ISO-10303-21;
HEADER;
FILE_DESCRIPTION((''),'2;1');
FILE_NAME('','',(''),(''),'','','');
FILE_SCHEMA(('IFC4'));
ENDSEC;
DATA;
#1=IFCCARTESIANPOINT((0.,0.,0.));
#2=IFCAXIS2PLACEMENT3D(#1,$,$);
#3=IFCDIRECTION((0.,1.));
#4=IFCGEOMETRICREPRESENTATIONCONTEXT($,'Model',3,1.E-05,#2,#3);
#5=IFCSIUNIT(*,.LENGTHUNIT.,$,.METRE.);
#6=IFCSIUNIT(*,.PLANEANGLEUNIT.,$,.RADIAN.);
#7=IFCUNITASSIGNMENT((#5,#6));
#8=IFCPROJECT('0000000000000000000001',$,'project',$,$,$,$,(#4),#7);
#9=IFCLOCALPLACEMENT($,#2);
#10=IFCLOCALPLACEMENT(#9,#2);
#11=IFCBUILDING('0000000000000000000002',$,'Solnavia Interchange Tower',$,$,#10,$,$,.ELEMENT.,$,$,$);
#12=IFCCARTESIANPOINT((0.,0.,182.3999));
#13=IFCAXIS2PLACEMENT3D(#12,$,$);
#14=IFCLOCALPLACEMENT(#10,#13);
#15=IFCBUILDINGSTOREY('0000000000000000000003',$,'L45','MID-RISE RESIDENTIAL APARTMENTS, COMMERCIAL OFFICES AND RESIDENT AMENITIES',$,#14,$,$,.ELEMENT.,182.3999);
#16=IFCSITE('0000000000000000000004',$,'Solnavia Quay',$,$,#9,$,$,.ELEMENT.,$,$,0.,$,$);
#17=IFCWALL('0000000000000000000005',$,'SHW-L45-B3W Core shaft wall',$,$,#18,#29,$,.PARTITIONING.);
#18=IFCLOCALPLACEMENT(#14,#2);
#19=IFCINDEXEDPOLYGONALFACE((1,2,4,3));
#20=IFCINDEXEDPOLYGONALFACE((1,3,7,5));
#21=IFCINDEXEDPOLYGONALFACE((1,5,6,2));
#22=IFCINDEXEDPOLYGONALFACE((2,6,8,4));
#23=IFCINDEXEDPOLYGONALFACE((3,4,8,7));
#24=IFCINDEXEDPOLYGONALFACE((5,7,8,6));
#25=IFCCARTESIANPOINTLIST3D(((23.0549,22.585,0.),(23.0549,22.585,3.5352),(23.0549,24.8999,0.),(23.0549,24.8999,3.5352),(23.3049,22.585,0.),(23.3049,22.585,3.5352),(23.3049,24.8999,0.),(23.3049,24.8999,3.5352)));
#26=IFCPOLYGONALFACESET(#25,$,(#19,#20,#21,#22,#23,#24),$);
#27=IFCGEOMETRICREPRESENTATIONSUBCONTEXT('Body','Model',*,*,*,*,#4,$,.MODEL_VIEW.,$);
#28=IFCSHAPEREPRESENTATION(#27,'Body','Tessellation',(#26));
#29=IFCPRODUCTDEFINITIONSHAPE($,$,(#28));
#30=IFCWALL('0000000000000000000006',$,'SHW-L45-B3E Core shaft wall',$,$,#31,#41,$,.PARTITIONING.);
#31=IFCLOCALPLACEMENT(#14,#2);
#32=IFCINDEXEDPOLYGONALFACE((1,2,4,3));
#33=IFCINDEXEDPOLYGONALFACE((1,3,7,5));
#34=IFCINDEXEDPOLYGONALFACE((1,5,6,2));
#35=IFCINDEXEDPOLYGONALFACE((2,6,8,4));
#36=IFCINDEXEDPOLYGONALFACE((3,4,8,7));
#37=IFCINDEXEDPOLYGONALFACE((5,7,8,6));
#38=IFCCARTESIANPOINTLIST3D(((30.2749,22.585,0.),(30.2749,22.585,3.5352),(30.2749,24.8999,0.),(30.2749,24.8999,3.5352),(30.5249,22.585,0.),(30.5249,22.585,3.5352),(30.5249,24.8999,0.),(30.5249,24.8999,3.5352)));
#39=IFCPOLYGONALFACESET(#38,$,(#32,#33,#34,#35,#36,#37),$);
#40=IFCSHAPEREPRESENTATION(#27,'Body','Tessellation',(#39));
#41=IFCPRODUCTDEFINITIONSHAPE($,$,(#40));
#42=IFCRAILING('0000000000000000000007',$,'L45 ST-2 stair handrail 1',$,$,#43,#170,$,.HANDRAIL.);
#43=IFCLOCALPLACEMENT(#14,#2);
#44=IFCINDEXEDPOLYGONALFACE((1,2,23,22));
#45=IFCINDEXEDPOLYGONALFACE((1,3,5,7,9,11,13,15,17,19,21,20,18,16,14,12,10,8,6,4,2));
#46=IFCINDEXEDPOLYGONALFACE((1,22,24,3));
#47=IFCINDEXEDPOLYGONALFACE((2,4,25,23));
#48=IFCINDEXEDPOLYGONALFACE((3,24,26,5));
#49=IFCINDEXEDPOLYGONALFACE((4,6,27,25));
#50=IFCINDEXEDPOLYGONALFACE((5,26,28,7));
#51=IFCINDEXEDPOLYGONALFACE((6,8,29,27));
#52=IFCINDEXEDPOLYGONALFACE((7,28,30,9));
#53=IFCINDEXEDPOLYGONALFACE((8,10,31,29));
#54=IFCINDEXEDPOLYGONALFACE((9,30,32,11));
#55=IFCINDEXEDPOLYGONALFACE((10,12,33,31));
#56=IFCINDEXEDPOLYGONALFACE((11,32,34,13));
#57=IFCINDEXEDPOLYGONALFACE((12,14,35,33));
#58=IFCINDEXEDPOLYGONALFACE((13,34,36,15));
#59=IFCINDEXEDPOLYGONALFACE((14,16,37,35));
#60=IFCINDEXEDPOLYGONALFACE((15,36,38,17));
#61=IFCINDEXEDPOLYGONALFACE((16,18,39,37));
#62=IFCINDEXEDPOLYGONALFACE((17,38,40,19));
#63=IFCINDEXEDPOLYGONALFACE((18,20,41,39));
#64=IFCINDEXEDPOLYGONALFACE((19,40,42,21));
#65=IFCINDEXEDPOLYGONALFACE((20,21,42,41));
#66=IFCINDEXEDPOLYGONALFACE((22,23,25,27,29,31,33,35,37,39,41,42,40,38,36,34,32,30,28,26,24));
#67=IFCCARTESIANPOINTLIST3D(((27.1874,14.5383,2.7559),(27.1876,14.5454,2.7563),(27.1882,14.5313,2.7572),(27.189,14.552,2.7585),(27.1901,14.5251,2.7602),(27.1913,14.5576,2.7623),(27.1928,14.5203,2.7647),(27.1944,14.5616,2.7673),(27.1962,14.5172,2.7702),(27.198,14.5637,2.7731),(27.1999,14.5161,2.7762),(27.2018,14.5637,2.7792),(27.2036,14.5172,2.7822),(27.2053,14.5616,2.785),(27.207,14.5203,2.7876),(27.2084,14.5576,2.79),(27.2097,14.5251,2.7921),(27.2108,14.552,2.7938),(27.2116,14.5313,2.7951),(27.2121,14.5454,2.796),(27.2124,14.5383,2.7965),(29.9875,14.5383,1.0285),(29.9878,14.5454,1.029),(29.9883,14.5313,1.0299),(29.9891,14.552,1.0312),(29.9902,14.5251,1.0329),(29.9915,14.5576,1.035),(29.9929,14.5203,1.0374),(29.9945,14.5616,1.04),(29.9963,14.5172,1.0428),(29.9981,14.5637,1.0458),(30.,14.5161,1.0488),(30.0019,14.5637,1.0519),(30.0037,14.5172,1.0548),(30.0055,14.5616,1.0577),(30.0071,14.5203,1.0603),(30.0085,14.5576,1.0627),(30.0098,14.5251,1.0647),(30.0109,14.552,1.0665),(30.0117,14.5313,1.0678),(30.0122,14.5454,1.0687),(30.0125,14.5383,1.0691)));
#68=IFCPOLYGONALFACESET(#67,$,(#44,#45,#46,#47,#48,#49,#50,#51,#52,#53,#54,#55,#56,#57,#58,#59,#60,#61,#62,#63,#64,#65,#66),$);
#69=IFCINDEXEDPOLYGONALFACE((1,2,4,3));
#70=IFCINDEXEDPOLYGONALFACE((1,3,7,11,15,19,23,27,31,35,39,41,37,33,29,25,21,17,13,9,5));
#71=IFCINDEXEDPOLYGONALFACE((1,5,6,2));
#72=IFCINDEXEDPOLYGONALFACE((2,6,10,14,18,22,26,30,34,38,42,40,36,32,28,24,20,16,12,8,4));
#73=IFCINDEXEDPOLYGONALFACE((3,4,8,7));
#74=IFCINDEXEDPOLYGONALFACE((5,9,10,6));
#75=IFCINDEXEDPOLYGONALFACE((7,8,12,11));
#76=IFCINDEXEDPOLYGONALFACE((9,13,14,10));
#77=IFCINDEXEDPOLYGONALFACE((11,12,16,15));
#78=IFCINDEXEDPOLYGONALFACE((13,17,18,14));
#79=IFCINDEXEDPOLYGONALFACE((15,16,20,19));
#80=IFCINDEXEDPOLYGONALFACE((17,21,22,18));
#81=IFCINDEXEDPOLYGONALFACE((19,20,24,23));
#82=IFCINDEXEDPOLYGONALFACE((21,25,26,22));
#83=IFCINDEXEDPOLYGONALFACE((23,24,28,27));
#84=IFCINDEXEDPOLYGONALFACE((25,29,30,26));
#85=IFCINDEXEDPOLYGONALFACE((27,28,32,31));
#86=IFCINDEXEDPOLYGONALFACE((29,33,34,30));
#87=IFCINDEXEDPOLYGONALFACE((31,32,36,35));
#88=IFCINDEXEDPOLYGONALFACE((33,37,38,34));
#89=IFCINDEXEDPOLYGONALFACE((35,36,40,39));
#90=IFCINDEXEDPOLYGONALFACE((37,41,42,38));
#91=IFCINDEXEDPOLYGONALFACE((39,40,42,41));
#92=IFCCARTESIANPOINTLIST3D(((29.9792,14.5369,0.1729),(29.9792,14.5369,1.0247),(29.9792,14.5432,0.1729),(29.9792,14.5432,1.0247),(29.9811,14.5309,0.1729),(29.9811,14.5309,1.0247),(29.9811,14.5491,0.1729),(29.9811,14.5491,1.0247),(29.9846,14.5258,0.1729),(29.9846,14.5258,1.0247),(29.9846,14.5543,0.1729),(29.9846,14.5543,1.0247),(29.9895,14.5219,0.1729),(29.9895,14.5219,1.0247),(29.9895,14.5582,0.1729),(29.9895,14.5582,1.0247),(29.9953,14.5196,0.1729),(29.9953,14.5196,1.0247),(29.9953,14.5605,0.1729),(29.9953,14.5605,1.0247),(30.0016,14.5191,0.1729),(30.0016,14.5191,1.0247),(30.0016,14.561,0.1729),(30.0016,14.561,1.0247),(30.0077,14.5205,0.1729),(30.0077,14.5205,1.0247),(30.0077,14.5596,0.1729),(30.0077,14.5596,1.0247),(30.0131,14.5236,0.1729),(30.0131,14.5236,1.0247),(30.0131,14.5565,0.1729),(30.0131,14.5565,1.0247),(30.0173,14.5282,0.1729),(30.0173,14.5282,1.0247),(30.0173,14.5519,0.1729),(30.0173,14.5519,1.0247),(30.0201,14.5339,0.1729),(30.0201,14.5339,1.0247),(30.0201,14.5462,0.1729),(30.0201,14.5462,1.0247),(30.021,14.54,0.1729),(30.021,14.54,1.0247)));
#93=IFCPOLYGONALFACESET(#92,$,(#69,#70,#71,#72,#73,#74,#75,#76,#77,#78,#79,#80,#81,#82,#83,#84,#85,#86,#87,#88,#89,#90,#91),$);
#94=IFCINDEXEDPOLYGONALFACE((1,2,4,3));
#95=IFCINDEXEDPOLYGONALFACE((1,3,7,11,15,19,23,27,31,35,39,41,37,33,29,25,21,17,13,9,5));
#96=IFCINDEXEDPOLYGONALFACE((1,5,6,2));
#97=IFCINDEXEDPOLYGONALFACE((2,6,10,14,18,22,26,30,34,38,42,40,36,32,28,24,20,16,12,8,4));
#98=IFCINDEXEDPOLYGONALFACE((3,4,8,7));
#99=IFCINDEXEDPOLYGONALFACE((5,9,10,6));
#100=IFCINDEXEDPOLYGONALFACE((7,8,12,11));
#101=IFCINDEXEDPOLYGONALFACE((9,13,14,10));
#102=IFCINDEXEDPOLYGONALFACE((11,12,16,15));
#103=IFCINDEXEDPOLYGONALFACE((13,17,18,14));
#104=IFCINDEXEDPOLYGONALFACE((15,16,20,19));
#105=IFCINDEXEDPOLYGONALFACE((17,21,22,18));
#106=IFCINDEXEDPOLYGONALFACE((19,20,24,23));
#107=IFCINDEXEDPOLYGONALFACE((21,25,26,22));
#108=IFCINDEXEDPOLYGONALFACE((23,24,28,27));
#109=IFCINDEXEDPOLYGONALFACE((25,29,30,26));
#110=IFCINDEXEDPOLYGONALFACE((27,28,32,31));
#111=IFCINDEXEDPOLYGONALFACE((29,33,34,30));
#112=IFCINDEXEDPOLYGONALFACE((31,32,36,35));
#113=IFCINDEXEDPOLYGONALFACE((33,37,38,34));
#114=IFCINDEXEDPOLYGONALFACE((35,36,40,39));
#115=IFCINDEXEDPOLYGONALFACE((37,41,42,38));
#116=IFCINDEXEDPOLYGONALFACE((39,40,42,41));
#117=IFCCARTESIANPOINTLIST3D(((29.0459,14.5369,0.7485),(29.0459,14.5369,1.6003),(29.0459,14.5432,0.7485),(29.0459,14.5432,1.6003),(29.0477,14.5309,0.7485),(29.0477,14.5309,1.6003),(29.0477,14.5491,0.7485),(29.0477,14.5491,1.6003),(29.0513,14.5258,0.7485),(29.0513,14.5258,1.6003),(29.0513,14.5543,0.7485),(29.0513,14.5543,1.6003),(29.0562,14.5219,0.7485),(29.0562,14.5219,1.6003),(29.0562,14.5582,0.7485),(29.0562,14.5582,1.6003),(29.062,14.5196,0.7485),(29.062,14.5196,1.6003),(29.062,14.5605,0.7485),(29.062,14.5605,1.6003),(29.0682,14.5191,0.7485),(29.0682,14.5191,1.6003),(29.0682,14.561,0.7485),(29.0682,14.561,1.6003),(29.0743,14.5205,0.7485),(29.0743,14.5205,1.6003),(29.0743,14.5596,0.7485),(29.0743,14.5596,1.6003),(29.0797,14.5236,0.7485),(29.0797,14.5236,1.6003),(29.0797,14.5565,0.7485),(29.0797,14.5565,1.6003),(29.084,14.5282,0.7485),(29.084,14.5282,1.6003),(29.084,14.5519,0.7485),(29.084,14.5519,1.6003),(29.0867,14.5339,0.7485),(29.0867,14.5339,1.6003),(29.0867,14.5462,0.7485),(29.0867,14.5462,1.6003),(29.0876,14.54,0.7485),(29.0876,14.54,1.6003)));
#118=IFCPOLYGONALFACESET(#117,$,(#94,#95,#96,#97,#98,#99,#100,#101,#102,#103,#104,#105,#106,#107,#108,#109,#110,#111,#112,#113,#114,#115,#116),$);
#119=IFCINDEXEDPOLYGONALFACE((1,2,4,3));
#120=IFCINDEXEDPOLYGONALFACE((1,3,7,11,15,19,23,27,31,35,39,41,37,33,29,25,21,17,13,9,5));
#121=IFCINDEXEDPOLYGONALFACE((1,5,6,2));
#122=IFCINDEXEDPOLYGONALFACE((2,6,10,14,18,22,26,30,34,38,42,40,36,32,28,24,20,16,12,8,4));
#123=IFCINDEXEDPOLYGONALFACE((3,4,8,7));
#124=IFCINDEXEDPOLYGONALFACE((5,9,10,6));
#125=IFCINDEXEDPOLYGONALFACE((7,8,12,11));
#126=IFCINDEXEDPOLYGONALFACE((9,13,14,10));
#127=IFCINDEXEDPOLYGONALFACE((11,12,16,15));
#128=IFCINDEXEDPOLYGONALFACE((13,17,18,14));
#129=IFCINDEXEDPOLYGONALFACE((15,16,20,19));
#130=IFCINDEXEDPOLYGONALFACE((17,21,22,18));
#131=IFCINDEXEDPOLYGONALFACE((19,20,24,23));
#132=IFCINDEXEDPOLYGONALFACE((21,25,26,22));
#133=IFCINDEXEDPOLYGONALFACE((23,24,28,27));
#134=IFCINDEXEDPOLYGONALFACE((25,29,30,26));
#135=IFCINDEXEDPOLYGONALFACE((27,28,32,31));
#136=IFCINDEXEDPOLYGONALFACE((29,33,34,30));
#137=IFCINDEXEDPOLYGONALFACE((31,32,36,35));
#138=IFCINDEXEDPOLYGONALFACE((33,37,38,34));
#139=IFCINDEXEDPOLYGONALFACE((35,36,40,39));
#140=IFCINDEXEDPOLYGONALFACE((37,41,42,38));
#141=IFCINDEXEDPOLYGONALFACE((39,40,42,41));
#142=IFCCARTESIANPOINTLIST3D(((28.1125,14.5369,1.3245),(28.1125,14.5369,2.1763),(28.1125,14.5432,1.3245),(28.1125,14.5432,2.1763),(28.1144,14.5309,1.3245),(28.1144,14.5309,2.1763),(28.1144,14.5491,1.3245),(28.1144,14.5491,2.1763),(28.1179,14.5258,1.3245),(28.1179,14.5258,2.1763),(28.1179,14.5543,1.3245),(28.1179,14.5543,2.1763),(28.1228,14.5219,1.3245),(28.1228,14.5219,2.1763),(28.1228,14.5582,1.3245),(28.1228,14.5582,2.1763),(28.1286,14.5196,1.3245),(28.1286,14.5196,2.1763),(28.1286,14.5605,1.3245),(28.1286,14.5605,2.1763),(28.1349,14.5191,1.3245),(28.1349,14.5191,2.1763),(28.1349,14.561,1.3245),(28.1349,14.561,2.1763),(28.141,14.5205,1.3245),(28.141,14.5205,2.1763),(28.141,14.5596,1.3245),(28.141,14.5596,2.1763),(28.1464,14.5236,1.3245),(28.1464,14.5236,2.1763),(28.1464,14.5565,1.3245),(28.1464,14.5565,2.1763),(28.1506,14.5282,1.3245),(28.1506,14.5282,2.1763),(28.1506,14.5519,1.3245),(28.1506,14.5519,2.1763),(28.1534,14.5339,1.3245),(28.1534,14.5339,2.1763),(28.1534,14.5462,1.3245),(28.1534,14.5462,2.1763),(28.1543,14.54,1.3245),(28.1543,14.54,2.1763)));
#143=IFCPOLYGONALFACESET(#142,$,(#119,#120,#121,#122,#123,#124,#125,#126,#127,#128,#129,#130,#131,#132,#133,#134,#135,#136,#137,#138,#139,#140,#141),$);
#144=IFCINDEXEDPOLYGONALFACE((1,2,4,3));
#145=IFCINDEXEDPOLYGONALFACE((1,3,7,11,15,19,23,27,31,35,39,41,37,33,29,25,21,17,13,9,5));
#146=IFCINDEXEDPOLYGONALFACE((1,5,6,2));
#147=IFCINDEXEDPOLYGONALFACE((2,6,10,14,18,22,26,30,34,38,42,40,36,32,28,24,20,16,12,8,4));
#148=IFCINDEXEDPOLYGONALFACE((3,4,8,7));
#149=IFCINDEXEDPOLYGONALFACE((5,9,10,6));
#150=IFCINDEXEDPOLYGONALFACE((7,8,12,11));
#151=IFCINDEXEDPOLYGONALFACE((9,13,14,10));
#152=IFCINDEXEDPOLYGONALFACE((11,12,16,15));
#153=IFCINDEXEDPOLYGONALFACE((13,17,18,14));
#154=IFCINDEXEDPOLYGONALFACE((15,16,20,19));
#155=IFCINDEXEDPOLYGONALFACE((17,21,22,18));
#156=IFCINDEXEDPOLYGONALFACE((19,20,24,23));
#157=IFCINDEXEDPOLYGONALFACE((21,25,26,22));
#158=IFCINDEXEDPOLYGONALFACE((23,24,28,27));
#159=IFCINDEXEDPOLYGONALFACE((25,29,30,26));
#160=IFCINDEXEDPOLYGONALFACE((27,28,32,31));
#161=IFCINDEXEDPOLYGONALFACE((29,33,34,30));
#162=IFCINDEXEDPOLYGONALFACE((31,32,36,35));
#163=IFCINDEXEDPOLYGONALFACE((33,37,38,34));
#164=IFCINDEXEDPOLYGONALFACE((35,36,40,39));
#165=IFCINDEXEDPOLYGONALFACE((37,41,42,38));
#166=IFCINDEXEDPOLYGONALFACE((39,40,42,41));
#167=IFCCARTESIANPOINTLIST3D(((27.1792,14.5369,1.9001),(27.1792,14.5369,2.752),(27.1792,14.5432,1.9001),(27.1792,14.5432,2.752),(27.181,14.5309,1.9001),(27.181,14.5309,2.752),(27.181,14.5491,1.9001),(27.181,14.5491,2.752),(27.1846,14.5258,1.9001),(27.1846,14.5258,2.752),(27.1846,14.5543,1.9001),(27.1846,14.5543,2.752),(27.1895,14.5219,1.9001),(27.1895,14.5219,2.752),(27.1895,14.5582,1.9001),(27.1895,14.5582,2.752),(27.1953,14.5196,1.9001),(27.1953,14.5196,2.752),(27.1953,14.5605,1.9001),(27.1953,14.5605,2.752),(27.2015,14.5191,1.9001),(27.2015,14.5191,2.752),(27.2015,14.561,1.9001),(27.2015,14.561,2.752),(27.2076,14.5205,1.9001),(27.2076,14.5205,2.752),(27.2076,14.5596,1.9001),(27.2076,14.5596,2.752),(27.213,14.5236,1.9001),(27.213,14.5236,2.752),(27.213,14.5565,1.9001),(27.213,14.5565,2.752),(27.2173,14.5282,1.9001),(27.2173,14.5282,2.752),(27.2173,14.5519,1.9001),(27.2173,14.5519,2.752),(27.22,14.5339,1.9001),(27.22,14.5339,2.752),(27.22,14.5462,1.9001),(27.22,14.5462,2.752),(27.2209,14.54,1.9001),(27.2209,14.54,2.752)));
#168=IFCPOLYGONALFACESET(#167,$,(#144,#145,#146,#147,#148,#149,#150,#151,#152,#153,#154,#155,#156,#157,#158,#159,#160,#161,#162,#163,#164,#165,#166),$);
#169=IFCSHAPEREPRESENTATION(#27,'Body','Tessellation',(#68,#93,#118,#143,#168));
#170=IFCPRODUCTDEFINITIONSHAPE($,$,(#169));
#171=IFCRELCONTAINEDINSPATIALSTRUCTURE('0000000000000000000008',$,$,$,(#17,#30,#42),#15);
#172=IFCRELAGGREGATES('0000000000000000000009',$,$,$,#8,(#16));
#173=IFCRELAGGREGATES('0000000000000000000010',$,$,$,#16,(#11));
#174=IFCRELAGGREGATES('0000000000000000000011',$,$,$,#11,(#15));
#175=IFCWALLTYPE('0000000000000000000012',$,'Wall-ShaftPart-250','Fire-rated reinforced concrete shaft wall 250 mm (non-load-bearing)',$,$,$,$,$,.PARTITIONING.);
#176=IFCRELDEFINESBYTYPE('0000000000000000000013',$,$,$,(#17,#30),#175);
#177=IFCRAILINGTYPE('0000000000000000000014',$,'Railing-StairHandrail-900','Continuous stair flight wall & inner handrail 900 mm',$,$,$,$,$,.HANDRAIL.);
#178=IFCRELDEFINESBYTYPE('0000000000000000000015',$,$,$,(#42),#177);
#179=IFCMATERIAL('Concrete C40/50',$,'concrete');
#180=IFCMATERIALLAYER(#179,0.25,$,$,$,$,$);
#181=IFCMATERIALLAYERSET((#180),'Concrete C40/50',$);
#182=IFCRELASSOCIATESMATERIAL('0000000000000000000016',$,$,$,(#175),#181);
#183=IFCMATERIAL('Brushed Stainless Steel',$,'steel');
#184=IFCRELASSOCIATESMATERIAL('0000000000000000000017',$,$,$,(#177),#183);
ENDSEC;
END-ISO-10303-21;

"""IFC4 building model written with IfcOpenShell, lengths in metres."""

from ifc_helpers import new_model, si_unit, direction, frame, frame_2d, origin, origin_2d, place, context, subcontext, project, spatial, rectangle, circle, extrude, material, layer, layer_set, type_object, element, save


model = new_model("IFC4")

# Units and contexts
model_context = context("Model", 3, precision=1e-05, world=origin(), true_north=direction((0.0, 1.0)))
body_context = subcontext(model_context, "Body", "Model", "MODEL_VIEW")
ifc_project = project(units=[si_unit("LENGTHUNIT", "METRE"), si_unit("PLANEANGLEUNIT", "RADIAN")], contexts=[model_context])

# Site, building, storey
site_placement = place(None, origin())
site = spatial("IfcSite", under=ifc_project, at=site_placement, Name="Solnavia Quay", CompositionType="ELEMENT", RefElevation=0.0)
building_placement = place(site_placement, origin())
building = spatial("IfcBuilding", under=site, at=building_placement, Name="Solnavia Interchange Tower", CompositionType="ELEMENT")
storey_placement = place(building_placement, frame((0.0, 0.0, 182.3999)))
storey = spatial("IfcBuildingStorey", under=building, at=storey_placement, Name="L45", Description="MID-RISE RESIDENTIAL APARTMENTS, COMMERCIAL OFFICES AND RESIDENT AMENITIES", CompositionType="ELEMENT", Elevation=182.3999)

# Shared definitions
ifc_material_1 = material(Name="Concrete C40/50", Category="concrete")

# Shared definitions
ifc_layer_1 = layer(ifc_material_1, 0.25)
ifc_layer_set_1 = layer_set([ifc_layer_1], Name="Concrete C40/50")
wall_type_1 = type_object("IfcWallType", Name="Wall-ShaftPart-250", Description="Fire-rated reinforced concrete shaft wall 250 mm (non-load-bearing)", PredefinedType="PARTITIONING", material=ifc_layer_set_1)

# Walls
for number, where, z_axis, x_axis, name in (
    (1, (23.1799, 22.585, 0.0), (0.0, 0.0, 1.0), (0.0, 1.0, 0.0), "SHW-L45-B3W Core shaft wall"),
    (2, (30.3999, 22.585, 0.0), (0.0, 0.0, 1.0), (0.0, 1.0, 0.0), "SHW-L45-B3E Core shaft wall"),
):
    element("IfcWall", number, at=place(storey_placement, frame(where, z_axis=z_axis, x_axis=x_axis)), inside=storey, type_object=wall_type_1, Name=name, PredefinedType="PARTITIONING", context=body_context, shape_type="SweptSolid", body=[
        extrude(rectangle(XDim=2.3149, YDim=0.25, at=frame_2d((1.1575, 0.0))), origin(), (0.0, 0.0, 1.0), 3.5352),
    ])

# Railing
ifc_material_2 = material(Name="Brushed Stainless Steel", Category="steel")
railing_type = type_object("IfcRailingType", Name="Railing-StairHandrail-900", Description="Continuous stair flight wall & inner handrail 900 mm", PredefinedType="HANDRAIL", material=ifc_material_2)
railing_placement = place(storey_placement, frame((30.0, 14.54, 0.1729)))
element("IfcRailing", 3, at=railing_placement, inside=storey, type_object=railing_type, Name="L45 ST-2 stair handrail 1", PredefinedType="HANDRAIL", context=body_context, shape_type="SweptSolid", body=[
    extrude(circle(Radius=0.0239, at=origin_2d()), frame((0.0, 0.0, 0.876), z_axis=(-0.85109, 0.0, 0.52502), x_axis=(0.0, -1.0, 0.0)), (0.0, 0.0, 1.0), 3.29),
    extrude(circle(Radius=0.021, at=origin_2d()), origin(), (0.0, 0.0, 1.0), 0.8518),
    extrude(circle(Radius=0.021, at=origin_2d()), frame((-0.9333, 0.0, 0.5757)), (0.0, 0.0, 1.0), 0.8518),
    extrude(circle(Radius=0.021, at=origin_2d()), frame((-1.8667, 0.0, 1.1516)), (0.0, 0.0, 1.0), 0.8518),
    extrude(circle(Radius=0.021, at=origin_2d()), frame((-2.8, 0.0, 1.7273)), (0.0, 0.0, 1.0), 0.8518),
])

save(model, "model.ifc")
